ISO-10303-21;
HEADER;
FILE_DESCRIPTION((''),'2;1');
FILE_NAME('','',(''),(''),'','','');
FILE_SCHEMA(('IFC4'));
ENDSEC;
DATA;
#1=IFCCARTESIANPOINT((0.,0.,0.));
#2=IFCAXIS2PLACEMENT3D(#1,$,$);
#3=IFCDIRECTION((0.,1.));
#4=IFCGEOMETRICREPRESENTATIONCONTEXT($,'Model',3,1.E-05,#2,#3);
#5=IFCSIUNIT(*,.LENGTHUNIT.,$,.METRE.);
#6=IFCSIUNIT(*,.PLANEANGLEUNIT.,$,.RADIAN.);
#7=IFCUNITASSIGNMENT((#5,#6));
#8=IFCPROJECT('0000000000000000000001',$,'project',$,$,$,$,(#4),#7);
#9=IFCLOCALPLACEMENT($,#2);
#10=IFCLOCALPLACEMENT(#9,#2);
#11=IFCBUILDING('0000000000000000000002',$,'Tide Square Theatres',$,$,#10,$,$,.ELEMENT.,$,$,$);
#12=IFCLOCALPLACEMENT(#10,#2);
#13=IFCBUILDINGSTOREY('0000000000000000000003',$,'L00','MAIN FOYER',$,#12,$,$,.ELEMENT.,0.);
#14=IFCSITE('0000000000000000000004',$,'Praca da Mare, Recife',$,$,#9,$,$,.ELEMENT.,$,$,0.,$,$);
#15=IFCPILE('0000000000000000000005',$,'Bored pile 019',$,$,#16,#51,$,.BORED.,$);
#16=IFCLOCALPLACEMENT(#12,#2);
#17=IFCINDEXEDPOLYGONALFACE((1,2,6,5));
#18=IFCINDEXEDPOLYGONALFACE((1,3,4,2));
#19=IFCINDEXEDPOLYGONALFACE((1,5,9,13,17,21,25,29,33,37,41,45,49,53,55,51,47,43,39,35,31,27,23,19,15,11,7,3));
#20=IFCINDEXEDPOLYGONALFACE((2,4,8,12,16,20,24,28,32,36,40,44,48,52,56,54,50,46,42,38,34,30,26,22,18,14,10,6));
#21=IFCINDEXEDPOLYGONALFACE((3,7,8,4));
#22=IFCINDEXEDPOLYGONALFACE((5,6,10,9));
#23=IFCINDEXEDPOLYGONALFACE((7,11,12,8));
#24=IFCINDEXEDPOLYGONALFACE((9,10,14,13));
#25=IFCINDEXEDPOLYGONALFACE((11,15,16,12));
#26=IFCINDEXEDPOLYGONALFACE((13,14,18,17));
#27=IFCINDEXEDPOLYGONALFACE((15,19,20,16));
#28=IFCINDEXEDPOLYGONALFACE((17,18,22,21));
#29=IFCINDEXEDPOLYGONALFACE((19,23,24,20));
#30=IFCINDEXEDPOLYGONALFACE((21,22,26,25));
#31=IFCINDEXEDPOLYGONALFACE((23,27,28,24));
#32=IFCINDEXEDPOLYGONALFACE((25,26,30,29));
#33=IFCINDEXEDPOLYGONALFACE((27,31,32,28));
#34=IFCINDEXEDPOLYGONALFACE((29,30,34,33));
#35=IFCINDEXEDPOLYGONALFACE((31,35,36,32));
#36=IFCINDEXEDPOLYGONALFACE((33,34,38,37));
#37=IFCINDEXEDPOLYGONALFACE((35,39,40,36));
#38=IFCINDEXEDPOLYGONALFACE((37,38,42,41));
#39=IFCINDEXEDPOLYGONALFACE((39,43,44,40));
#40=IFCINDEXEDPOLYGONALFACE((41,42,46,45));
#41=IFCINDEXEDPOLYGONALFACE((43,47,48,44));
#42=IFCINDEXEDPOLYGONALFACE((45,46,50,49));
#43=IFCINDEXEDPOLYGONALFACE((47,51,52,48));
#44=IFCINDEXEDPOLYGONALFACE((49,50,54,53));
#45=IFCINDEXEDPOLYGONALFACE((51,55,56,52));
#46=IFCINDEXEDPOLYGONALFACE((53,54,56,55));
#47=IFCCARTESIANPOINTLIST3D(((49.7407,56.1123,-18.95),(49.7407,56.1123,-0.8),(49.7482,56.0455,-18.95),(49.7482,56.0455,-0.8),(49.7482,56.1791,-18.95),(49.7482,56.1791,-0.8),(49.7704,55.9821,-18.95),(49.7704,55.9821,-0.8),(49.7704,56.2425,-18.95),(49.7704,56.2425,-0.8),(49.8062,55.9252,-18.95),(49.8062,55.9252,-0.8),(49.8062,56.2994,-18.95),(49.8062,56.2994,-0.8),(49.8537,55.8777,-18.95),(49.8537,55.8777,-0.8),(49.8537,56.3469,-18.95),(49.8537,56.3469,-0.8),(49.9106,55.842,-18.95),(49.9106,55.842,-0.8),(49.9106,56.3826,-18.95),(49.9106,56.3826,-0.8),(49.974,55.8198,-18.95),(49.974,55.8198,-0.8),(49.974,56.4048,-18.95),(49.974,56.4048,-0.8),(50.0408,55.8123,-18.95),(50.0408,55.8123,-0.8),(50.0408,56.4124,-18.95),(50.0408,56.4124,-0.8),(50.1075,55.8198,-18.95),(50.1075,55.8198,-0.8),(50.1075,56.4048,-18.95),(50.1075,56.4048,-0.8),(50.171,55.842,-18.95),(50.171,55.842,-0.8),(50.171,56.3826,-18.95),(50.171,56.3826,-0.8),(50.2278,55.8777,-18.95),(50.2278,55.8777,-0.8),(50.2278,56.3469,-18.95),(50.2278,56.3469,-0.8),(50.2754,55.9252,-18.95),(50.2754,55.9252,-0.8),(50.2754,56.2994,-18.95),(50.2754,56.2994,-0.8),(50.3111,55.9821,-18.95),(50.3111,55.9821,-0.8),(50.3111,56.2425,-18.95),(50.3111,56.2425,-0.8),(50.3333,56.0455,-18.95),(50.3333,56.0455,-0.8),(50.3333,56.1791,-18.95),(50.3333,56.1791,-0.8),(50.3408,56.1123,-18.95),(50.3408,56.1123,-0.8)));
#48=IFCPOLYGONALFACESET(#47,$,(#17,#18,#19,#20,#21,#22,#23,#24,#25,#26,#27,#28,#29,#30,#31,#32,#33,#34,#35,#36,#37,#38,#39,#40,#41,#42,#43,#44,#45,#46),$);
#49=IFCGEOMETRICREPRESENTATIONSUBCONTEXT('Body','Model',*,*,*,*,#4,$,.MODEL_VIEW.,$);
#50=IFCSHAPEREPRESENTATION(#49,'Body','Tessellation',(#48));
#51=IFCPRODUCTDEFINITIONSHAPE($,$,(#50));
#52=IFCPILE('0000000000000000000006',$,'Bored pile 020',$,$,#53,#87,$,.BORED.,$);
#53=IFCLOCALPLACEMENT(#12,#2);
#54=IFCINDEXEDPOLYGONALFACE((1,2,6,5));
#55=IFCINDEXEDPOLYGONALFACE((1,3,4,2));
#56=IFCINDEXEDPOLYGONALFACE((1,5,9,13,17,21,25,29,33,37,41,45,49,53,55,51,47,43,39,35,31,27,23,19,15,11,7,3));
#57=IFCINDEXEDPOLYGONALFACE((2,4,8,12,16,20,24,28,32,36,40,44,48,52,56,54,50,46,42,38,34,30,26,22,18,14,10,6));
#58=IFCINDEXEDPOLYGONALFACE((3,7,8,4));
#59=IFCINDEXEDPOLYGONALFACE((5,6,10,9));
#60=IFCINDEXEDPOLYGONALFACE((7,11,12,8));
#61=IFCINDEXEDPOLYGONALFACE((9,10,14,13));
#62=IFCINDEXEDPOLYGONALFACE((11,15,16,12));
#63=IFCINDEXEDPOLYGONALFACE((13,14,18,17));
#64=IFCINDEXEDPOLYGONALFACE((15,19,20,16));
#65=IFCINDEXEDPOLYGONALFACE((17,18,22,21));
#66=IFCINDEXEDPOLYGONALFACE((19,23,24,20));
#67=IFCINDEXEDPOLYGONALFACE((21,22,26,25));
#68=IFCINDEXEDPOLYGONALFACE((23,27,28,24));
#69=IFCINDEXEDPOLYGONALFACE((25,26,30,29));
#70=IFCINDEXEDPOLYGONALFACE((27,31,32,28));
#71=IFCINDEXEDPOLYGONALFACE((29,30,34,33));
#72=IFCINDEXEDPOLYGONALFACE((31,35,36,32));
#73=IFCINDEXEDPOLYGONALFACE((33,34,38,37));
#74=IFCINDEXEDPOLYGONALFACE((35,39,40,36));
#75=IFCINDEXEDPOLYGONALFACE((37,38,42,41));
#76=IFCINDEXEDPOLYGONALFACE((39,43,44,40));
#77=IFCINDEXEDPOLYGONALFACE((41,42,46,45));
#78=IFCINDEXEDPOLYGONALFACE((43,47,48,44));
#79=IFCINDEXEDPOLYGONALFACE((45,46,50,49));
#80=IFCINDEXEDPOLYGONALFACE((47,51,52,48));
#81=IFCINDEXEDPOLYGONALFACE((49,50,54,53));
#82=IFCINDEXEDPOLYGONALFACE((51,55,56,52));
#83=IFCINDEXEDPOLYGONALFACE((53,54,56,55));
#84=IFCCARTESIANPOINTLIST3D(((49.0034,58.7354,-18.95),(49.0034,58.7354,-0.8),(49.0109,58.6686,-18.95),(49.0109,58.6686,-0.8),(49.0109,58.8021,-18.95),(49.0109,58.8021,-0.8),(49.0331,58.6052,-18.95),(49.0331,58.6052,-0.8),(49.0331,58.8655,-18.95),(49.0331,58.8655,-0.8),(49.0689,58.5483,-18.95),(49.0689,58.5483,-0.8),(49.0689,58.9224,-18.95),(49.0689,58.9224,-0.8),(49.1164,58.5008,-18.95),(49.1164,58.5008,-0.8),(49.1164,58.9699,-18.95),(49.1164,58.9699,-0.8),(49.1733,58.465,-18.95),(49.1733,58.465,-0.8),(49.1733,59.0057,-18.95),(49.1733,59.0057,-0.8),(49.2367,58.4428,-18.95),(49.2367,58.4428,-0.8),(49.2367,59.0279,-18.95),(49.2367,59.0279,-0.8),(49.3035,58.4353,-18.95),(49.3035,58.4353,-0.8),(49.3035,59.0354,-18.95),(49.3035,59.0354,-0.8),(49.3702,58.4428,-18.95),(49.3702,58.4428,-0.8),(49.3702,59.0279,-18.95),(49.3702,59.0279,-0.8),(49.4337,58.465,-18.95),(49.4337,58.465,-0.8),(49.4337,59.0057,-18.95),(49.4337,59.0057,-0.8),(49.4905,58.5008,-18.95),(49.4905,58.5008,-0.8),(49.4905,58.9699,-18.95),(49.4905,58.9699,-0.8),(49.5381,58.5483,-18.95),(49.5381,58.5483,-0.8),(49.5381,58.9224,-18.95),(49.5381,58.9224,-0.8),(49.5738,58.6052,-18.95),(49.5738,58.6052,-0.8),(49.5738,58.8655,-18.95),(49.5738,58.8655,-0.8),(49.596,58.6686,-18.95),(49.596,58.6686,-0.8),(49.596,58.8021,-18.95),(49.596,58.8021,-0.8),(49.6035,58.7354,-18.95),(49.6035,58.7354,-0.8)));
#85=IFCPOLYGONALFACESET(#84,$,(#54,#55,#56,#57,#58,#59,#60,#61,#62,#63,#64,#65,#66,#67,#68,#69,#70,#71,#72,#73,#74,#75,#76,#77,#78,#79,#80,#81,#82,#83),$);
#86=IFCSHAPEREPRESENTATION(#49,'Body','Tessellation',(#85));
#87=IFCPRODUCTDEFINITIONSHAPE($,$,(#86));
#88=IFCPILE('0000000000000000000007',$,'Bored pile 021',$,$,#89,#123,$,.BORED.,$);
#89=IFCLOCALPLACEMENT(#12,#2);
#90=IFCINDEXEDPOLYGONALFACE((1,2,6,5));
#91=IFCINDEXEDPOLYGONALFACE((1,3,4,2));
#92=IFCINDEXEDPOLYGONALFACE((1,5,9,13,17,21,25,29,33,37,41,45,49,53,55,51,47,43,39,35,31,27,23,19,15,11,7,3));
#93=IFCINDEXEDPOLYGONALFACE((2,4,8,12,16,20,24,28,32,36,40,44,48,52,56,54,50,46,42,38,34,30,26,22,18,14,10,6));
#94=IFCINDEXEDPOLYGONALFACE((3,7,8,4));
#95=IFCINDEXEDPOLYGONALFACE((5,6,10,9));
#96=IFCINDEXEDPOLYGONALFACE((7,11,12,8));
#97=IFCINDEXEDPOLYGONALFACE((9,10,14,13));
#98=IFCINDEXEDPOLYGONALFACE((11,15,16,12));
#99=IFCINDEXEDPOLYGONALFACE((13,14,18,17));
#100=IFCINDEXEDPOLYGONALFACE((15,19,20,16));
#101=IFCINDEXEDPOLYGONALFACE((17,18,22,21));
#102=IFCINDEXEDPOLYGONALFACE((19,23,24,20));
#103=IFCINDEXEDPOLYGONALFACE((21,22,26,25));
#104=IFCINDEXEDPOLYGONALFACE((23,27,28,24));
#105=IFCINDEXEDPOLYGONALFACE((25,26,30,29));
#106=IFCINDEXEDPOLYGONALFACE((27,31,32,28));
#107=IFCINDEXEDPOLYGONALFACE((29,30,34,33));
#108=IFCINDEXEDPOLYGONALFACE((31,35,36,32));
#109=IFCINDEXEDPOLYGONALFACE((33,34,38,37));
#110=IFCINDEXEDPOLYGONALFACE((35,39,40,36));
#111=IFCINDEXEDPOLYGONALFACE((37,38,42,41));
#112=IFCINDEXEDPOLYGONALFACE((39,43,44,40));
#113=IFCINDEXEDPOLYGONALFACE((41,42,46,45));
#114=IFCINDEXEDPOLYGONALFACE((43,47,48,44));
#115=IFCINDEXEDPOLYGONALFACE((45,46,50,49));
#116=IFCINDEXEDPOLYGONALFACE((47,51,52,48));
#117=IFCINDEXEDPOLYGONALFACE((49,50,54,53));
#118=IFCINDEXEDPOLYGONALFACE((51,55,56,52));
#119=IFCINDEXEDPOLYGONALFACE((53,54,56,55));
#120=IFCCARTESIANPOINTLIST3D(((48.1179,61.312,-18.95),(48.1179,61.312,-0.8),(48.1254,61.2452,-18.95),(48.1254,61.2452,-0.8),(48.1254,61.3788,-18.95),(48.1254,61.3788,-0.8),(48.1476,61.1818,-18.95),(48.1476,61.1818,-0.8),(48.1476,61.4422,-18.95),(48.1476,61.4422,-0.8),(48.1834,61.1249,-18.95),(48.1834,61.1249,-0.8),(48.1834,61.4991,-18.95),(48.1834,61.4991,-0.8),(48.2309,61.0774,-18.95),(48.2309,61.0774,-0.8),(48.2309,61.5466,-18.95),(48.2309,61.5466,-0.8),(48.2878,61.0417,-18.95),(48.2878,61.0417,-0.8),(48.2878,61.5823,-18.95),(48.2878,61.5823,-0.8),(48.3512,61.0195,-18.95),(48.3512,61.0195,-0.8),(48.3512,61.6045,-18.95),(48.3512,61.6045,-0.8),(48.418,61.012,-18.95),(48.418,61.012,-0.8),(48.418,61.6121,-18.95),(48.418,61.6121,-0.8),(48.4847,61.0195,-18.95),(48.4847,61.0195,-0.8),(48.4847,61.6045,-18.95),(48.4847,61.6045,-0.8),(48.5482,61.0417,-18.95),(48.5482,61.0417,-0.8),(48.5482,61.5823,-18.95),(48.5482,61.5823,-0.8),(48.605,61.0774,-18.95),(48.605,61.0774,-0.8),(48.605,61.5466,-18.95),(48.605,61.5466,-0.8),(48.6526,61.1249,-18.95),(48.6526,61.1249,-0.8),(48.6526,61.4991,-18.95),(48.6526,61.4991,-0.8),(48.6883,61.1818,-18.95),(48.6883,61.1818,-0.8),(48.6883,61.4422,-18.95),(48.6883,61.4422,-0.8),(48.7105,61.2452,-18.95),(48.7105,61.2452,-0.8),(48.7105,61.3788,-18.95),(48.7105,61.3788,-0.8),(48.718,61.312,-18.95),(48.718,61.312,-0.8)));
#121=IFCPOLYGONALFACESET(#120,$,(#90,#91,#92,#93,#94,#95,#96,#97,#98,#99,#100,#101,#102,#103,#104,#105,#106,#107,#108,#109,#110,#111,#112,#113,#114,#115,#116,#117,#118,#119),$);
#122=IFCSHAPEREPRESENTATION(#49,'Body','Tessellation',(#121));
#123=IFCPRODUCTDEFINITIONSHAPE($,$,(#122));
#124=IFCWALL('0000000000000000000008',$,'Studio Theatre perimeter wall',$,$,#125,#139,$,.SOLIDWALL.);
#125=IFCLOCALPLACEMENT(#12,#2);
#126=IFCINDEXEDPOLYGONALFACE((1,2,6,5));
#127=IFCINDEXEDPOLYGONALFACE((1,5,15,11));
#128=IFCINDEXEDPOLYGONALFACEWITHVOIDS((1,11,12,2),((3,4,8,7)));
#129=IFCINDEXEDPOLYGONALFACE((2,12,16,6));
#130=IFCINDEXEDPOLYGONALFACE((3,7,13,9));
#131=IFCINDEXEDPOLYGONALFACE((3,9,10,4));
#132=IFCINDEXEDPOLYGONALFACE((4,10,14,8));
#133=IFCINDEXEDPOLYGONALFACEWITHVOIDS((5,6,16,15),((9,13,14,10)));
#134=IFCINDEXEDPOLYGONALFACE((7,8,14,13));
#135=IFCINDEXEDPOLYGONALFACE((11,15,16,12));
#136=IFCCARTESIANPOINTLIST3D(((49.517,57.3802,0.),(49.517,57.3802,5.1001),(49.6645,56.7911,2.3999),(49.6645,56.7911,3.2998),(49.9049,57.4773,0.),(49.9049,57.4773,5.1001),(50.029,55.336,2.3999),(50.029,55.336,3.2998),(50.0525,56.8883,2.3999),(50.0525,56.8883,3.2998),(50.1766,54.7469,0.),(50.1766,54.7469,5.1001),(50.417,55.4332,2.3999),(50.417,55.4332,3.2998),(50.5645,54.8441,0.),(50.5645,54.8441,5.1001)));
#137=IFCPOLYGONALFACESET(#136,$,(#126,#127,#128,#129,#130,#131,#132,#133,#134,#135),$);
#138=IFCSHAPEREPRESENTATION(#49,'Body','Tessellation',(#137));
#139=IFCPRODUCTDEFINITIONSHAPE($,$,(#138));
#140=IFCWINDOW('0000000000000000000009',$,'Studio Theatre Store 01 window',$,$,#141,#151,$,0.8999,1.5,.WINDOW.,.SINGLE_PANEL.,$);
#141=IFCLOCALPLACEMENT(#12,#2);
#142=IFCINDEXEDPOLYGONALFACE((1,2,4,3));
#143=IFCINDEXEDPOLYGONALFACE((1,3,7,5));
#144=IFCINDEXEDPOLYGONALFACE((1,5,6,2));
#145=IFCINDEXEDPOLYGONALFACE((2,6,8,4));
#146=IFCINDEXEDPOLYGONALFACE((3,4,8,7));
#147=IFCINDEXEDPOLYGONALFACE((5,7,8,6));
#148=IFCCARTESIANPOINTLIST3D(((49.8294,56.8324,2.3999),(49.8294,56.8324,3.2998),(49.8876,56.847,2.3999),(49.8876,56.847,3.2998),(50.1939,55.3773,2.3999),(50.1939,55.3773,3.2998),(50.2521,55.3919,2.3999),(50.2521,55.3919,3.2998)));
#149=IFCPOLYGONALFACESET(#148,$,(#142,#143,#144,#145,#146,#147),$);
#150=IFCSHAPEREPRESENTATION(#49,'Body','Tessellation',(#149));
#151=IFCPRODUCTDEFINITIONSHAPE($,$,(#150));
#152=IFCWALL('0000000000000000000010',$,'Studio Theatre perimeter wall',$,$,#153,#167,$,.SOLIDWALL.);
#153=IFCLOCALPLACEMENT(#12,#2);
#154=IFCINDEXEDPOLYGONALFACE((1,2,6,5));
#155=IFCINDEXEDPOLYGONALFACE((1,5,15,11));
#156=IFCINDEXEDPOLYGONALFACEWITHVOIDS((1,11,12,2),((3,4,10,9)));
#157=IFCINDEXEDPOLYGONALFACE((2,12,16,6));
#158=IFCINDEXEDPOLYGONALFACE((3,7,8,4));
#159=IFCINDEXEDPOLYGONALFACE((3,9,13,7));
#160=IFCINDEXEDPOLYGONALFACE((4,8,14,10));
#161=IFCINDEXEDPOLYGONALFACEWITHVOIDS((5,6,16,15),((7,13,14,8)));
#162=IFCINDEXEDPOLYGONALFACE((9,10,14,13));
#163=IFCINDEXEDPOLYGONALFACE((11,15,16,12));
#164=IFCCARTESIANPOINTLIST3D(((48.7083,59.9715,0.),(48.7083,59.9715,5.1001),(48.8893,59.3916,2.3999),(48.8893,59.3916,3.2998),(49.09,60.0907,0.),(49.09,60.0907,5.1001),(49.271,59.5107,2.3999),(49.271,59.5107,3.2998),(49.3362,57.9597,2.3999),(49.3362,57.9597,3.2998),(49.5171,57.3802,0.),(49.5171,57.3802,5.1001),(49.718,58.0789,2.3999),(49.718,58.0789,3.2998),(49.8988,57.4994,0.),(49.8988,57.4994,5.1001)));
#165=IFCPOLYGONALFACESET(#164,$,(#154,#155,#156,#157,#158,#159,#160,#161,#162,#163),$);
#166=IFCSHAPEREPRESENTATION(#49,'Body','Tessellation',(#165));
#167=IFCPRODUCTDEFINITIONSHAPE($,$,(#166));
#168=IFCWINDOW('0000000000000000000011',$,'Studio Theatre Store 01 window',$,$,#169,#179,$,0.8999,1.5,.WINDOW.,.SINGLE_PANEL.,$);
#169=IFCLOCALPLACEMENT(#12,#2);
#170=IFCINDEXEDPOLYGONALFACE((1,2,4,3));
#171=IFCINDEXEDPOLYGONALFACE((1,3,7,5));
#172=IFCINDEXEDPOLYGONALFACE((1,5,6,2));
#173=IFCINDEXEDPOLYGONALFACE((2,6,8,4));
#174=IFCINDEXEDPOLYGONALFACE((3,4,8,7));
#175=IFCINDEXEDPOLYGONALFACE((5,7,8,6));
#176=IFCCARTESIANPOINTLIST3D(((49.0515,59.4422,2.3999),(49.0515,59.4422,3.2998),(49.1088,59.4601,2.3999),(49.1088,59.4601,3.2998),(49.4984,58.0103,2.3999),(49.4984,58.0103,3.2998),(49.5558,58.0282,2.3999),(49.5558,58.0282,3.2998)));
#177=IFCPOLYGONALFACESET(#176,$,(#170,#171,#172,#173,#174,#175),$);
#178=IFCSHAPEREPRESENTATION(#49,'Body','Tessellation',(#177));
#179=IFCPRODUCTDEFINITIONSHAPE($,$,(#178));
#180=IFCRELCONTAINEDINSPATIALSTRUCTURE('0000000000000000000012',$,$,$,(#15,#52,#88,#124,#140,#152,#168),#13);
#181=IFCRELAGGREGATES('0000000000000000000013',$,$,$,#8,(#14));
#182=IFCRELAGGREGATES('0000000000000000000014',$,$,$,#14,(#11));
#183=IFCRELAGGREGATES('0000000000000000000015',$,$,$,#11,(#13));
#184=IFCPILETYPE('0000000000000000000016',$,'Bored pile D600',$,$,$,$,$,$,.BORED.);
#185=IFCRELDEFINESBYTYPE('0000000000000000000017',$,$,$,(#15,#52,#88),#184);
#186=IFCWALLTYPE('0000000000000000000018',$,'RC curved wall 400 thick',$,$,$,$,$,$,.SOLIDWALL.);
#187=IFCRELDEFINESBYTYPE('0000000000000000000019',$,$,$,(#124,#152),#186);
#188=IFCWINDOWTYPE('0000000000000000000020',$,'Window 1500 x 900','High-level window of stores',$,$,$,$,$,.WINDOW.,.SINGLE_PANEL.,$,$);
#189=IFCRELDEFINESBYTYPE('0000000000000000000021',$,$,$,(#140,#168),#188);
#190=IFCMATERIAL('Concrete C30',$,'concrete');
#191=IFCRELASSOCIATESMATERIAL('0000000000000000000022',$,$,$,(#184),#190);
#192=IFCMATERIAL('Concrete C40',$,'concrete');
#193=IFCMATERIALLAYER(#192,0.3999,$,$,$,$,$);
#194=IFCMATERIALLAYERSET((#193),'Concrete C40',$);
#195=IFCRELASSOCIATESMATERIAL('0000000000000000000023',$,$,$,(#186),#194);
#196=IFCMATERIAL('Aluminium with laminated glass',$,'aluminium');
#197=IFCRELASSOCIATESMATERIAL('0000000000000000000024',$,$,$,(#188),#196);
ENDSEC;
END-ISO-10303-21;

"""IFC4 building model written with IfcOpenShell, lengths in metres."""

from ifc_helpers import new_model, si_unit, direction, frame, frame_2d, origin, origin_2d, place, context, subcontext, project, spatial, rectangle, circle, extrude, material, layer, layer_set, material_profile, profile_set, type_object, element, fill, save


model = new_model("IFC4")

# Units and contexts
model_context = context("Model", 3, precision=1e-05, world=origin(), true_north=direction((0.0, 1.0)))
body_context = subcontext(model_context, "Body", "Model", "MODEL_VIEW")
ifc_project = project(units=[si_unit("LENGTHUNIT", "METRE"), si_unit("PLANEANGLEUNIT", "RADIAN")], contexts=[model_context])

# Site, building, storey
site_placement = place(None, origin())
site = spatial("IfcSite", under=ifc_project, at=site_placement, Name="Praca da Mare, Recife", CompositionType="ELEMENT", RefElevation=0.0)
building_placement = place(site_placement, origin())
building = spatial("IfcBuilding", under=site, at=building_placement, Name="Tide Square Theatres", CompositionType="ELEMENT")
storey_placement = place(building_placement, origin())
storey = spatial("IfcBuildingStorey", under=building, at=storey_placement, Name="L00", Description="MAIN FOYER", CompositionType="ELEMENT", Elevation=0.0)

# Piles
ifc_material_1 = material(Name="Concrete C30", Category="concrete")
ifc_material_profile = material_profile(ifc_material_1, circle(Radius=0.3, at=origin_2d()))
ifc_profile_set = profile_set([ifc_material_profile], Name="Concrete C30")
pile_type = type_object("IfcPileType", Name="Bored pile D600", PredefinedType="BORED", material=ifc_profile_set)
for number, where, z_axis, x_axis, name in (
    (1, (50.0408, 56.1123, -0.8), (0.0, 0.0, -1.0), (1.0, 0.0, 0.0), "Bored pile 019"),
    (2, (49.3035, 58.7354, -0.8), (0.0, 0.0, -1.0), (1.0, 0.0, 0.0), "Bored pile 020"),
    (3, (48.418, 61.312, -0.8), (0.0, 0.0, -1.0), (1.0, 0.0, 0.0), "Bored pile 021"),
):
    element("IfcPile", number, at=place(storey_placement, frame(where, z_axis=z_axis, x_axis=x_axis)), inside=storey, type_object=pile_type, Name=name, PredefinedType="BORED", context=body_context, shape_type="SweptSolid", body=[
        extrude(circle(Radius=0.3, at=origin_2d()), origin(), (0.0, 0.0, 1.0), 18.1499),
    ])

# Walls, openings, windows
ifc_material_2 = material(Name="Concrete C40", Category="concrete")
ifc_layer_1 = layer(ifc_material_2, 0.3999)
ifc_layer_set_1 = layer_set([ifc_layer_1], Name="Concrete C40")
wall_type_1 = type_object("IfcWallType", Name="RC curved wall 400 thick", PredefinedType="SOLIDWALL", material=ifc_layer_set_1)
wall_1_placement = place(storey_placement, frame((50.3706, 54.7954, 0.0), z_axis=(0.0, 0.0, 1.0), x_axis=(-0.243001, 0.970026, 0.0)))
wall_1 = element("IfcWall", 4, at=wall_1_placement, inside=storey, type_object=wall_type_1, Name="Studio Theatre perimeter wall", PredefinedType="SOLIDWALL", context=body_context, shape_type="SweptSolid", body=[
    extrude(rectangle(XDim=2.7146, YDim=0.3999, at=frame_2d((1.3574, 0.0))), origin(), (0.0, 0.0, 1.0), 5.1001),
])
opening_1_placement = place(wall_1_placement, frame((0.6074, 0.0, 2.3999)))
opening_1 = element("IfcOpeningElement", 5, at=opening_1_placement, cuts=wall_1, PredefinedType="OPENING", context=body_context, shape_type="SweptSolid", body=[
    extrude(rectangle(XDim=1.5, YDim=0.8999, at=frame_2d((0.75, 0.45))), frame((0.0, 0.21, 0.0), z_axis=(0.0, -1.0, 0.0), x_axis=(1.0, 0.0, 0.0)), (0.0, 0.0, 1.0), 0.4199),
])
ifc_material_3 = material(Name="Aluminium with laminated glass", Category="aluminium")
window_type_1 = type_object("IfcWindowType", Name="Window 1500 x 900", Description="High-level window of stores", PartitioningType="SINGLE_PANEL", PredefinedType="WINDOW", material=ifc_material_3)
window_1_placement = place(opening_1_placement, origin())
window_1 = element("IfcWindow", 6, at=window_1_placement, inside=storey, type_object=window_type_1, Name="Studio Theatre Store 01 window", OverallHeight=0.8999, OverallWidth=1.5, PartitioningType="SINGLE_PANEL", PredefinedType="WINDOW", context=body_context, shape_type="SweptSolid", body=[
    extrude(rectangle(XDim=1.5, YDim=0.8999, at=frame_2d((0.75, 0.45))), frame((0.0, 0.03, 0.0), z_axis=(0.0, -1.0, 0.0), x_axis=(1.0, 0.0, 0.0)), (0.0, 0.0, 1.0), 0.0601),
])
fill(opening_1, window_1)
wall_2_placement = place(storey_placement, frame((49.708, 57.4397, 0.0), z_axis=(0.0, 0.0, 1.0), x_axis=(-0.297957, 0.954579, 0.0)))
wall_2 = element("IfcWall", 7, at=wall_2_placement, inside=storey, type_object=wall_type_1, Name="Studio Theatre perimeter wall", PredefinedType="SOLIDWALL", context=body_context, shape_type="SweptSolid", body=[
    extrude(rectangle(XDim=2.7146, YDim=0.3999, at=frame_2d((1.3574, 0.0))), origin(), (0.0, 0.0, 1.0), 5.1001),
])
opening_2_placement = place(wall_2_placement, frame((0.6072, 0.0, 2.3999)))
opening_2 = element("IfcOpeningElement", 8, at=opening_2_placement, cuts=wall_2, PredefinedType="OPENING", context=body_context, shape_type="SweptSolid", body=[
    extrude(rectangle(XDim=1.5, YDim=0.8999, at=frame_2d((0.75, 0.45))), frame((0.0, 0.21, 0.0), z_axis=(0.0, -1.0, 0.0), x_axis=(1.0, 0.0, 0.0)), (0.0, 0.0, 1.0), 0.4199),
])
window_2_placement = place(opening_2_placement, origin())
window_2 = element("IfcWindow", 9, at=window_2_placement, inside=storey, type_object=window_type_1, Name="Studio Theatre Store 01 window", OverallHeight=0.8999, OverallWidth=1.5, PartitioningType="SINGLE_PANEL", PredefinedType="WINDOW", context=body_context, shape_type="SweptSolid", body=[
    extrude(rectangle(XDim=1.5, YDim=0.8999, at=frame_2d((0.75, 0.45))), frame((0.0, 0.03, 0.0), z_axis=(0.0, -1.0, 0.0), x_axis=(1.0, 0.0, 0.0)), (0.0, 0.0, 1.0), 0.0601),
])
fill(opening_2, window_2)

save(model, "model.ifc")
